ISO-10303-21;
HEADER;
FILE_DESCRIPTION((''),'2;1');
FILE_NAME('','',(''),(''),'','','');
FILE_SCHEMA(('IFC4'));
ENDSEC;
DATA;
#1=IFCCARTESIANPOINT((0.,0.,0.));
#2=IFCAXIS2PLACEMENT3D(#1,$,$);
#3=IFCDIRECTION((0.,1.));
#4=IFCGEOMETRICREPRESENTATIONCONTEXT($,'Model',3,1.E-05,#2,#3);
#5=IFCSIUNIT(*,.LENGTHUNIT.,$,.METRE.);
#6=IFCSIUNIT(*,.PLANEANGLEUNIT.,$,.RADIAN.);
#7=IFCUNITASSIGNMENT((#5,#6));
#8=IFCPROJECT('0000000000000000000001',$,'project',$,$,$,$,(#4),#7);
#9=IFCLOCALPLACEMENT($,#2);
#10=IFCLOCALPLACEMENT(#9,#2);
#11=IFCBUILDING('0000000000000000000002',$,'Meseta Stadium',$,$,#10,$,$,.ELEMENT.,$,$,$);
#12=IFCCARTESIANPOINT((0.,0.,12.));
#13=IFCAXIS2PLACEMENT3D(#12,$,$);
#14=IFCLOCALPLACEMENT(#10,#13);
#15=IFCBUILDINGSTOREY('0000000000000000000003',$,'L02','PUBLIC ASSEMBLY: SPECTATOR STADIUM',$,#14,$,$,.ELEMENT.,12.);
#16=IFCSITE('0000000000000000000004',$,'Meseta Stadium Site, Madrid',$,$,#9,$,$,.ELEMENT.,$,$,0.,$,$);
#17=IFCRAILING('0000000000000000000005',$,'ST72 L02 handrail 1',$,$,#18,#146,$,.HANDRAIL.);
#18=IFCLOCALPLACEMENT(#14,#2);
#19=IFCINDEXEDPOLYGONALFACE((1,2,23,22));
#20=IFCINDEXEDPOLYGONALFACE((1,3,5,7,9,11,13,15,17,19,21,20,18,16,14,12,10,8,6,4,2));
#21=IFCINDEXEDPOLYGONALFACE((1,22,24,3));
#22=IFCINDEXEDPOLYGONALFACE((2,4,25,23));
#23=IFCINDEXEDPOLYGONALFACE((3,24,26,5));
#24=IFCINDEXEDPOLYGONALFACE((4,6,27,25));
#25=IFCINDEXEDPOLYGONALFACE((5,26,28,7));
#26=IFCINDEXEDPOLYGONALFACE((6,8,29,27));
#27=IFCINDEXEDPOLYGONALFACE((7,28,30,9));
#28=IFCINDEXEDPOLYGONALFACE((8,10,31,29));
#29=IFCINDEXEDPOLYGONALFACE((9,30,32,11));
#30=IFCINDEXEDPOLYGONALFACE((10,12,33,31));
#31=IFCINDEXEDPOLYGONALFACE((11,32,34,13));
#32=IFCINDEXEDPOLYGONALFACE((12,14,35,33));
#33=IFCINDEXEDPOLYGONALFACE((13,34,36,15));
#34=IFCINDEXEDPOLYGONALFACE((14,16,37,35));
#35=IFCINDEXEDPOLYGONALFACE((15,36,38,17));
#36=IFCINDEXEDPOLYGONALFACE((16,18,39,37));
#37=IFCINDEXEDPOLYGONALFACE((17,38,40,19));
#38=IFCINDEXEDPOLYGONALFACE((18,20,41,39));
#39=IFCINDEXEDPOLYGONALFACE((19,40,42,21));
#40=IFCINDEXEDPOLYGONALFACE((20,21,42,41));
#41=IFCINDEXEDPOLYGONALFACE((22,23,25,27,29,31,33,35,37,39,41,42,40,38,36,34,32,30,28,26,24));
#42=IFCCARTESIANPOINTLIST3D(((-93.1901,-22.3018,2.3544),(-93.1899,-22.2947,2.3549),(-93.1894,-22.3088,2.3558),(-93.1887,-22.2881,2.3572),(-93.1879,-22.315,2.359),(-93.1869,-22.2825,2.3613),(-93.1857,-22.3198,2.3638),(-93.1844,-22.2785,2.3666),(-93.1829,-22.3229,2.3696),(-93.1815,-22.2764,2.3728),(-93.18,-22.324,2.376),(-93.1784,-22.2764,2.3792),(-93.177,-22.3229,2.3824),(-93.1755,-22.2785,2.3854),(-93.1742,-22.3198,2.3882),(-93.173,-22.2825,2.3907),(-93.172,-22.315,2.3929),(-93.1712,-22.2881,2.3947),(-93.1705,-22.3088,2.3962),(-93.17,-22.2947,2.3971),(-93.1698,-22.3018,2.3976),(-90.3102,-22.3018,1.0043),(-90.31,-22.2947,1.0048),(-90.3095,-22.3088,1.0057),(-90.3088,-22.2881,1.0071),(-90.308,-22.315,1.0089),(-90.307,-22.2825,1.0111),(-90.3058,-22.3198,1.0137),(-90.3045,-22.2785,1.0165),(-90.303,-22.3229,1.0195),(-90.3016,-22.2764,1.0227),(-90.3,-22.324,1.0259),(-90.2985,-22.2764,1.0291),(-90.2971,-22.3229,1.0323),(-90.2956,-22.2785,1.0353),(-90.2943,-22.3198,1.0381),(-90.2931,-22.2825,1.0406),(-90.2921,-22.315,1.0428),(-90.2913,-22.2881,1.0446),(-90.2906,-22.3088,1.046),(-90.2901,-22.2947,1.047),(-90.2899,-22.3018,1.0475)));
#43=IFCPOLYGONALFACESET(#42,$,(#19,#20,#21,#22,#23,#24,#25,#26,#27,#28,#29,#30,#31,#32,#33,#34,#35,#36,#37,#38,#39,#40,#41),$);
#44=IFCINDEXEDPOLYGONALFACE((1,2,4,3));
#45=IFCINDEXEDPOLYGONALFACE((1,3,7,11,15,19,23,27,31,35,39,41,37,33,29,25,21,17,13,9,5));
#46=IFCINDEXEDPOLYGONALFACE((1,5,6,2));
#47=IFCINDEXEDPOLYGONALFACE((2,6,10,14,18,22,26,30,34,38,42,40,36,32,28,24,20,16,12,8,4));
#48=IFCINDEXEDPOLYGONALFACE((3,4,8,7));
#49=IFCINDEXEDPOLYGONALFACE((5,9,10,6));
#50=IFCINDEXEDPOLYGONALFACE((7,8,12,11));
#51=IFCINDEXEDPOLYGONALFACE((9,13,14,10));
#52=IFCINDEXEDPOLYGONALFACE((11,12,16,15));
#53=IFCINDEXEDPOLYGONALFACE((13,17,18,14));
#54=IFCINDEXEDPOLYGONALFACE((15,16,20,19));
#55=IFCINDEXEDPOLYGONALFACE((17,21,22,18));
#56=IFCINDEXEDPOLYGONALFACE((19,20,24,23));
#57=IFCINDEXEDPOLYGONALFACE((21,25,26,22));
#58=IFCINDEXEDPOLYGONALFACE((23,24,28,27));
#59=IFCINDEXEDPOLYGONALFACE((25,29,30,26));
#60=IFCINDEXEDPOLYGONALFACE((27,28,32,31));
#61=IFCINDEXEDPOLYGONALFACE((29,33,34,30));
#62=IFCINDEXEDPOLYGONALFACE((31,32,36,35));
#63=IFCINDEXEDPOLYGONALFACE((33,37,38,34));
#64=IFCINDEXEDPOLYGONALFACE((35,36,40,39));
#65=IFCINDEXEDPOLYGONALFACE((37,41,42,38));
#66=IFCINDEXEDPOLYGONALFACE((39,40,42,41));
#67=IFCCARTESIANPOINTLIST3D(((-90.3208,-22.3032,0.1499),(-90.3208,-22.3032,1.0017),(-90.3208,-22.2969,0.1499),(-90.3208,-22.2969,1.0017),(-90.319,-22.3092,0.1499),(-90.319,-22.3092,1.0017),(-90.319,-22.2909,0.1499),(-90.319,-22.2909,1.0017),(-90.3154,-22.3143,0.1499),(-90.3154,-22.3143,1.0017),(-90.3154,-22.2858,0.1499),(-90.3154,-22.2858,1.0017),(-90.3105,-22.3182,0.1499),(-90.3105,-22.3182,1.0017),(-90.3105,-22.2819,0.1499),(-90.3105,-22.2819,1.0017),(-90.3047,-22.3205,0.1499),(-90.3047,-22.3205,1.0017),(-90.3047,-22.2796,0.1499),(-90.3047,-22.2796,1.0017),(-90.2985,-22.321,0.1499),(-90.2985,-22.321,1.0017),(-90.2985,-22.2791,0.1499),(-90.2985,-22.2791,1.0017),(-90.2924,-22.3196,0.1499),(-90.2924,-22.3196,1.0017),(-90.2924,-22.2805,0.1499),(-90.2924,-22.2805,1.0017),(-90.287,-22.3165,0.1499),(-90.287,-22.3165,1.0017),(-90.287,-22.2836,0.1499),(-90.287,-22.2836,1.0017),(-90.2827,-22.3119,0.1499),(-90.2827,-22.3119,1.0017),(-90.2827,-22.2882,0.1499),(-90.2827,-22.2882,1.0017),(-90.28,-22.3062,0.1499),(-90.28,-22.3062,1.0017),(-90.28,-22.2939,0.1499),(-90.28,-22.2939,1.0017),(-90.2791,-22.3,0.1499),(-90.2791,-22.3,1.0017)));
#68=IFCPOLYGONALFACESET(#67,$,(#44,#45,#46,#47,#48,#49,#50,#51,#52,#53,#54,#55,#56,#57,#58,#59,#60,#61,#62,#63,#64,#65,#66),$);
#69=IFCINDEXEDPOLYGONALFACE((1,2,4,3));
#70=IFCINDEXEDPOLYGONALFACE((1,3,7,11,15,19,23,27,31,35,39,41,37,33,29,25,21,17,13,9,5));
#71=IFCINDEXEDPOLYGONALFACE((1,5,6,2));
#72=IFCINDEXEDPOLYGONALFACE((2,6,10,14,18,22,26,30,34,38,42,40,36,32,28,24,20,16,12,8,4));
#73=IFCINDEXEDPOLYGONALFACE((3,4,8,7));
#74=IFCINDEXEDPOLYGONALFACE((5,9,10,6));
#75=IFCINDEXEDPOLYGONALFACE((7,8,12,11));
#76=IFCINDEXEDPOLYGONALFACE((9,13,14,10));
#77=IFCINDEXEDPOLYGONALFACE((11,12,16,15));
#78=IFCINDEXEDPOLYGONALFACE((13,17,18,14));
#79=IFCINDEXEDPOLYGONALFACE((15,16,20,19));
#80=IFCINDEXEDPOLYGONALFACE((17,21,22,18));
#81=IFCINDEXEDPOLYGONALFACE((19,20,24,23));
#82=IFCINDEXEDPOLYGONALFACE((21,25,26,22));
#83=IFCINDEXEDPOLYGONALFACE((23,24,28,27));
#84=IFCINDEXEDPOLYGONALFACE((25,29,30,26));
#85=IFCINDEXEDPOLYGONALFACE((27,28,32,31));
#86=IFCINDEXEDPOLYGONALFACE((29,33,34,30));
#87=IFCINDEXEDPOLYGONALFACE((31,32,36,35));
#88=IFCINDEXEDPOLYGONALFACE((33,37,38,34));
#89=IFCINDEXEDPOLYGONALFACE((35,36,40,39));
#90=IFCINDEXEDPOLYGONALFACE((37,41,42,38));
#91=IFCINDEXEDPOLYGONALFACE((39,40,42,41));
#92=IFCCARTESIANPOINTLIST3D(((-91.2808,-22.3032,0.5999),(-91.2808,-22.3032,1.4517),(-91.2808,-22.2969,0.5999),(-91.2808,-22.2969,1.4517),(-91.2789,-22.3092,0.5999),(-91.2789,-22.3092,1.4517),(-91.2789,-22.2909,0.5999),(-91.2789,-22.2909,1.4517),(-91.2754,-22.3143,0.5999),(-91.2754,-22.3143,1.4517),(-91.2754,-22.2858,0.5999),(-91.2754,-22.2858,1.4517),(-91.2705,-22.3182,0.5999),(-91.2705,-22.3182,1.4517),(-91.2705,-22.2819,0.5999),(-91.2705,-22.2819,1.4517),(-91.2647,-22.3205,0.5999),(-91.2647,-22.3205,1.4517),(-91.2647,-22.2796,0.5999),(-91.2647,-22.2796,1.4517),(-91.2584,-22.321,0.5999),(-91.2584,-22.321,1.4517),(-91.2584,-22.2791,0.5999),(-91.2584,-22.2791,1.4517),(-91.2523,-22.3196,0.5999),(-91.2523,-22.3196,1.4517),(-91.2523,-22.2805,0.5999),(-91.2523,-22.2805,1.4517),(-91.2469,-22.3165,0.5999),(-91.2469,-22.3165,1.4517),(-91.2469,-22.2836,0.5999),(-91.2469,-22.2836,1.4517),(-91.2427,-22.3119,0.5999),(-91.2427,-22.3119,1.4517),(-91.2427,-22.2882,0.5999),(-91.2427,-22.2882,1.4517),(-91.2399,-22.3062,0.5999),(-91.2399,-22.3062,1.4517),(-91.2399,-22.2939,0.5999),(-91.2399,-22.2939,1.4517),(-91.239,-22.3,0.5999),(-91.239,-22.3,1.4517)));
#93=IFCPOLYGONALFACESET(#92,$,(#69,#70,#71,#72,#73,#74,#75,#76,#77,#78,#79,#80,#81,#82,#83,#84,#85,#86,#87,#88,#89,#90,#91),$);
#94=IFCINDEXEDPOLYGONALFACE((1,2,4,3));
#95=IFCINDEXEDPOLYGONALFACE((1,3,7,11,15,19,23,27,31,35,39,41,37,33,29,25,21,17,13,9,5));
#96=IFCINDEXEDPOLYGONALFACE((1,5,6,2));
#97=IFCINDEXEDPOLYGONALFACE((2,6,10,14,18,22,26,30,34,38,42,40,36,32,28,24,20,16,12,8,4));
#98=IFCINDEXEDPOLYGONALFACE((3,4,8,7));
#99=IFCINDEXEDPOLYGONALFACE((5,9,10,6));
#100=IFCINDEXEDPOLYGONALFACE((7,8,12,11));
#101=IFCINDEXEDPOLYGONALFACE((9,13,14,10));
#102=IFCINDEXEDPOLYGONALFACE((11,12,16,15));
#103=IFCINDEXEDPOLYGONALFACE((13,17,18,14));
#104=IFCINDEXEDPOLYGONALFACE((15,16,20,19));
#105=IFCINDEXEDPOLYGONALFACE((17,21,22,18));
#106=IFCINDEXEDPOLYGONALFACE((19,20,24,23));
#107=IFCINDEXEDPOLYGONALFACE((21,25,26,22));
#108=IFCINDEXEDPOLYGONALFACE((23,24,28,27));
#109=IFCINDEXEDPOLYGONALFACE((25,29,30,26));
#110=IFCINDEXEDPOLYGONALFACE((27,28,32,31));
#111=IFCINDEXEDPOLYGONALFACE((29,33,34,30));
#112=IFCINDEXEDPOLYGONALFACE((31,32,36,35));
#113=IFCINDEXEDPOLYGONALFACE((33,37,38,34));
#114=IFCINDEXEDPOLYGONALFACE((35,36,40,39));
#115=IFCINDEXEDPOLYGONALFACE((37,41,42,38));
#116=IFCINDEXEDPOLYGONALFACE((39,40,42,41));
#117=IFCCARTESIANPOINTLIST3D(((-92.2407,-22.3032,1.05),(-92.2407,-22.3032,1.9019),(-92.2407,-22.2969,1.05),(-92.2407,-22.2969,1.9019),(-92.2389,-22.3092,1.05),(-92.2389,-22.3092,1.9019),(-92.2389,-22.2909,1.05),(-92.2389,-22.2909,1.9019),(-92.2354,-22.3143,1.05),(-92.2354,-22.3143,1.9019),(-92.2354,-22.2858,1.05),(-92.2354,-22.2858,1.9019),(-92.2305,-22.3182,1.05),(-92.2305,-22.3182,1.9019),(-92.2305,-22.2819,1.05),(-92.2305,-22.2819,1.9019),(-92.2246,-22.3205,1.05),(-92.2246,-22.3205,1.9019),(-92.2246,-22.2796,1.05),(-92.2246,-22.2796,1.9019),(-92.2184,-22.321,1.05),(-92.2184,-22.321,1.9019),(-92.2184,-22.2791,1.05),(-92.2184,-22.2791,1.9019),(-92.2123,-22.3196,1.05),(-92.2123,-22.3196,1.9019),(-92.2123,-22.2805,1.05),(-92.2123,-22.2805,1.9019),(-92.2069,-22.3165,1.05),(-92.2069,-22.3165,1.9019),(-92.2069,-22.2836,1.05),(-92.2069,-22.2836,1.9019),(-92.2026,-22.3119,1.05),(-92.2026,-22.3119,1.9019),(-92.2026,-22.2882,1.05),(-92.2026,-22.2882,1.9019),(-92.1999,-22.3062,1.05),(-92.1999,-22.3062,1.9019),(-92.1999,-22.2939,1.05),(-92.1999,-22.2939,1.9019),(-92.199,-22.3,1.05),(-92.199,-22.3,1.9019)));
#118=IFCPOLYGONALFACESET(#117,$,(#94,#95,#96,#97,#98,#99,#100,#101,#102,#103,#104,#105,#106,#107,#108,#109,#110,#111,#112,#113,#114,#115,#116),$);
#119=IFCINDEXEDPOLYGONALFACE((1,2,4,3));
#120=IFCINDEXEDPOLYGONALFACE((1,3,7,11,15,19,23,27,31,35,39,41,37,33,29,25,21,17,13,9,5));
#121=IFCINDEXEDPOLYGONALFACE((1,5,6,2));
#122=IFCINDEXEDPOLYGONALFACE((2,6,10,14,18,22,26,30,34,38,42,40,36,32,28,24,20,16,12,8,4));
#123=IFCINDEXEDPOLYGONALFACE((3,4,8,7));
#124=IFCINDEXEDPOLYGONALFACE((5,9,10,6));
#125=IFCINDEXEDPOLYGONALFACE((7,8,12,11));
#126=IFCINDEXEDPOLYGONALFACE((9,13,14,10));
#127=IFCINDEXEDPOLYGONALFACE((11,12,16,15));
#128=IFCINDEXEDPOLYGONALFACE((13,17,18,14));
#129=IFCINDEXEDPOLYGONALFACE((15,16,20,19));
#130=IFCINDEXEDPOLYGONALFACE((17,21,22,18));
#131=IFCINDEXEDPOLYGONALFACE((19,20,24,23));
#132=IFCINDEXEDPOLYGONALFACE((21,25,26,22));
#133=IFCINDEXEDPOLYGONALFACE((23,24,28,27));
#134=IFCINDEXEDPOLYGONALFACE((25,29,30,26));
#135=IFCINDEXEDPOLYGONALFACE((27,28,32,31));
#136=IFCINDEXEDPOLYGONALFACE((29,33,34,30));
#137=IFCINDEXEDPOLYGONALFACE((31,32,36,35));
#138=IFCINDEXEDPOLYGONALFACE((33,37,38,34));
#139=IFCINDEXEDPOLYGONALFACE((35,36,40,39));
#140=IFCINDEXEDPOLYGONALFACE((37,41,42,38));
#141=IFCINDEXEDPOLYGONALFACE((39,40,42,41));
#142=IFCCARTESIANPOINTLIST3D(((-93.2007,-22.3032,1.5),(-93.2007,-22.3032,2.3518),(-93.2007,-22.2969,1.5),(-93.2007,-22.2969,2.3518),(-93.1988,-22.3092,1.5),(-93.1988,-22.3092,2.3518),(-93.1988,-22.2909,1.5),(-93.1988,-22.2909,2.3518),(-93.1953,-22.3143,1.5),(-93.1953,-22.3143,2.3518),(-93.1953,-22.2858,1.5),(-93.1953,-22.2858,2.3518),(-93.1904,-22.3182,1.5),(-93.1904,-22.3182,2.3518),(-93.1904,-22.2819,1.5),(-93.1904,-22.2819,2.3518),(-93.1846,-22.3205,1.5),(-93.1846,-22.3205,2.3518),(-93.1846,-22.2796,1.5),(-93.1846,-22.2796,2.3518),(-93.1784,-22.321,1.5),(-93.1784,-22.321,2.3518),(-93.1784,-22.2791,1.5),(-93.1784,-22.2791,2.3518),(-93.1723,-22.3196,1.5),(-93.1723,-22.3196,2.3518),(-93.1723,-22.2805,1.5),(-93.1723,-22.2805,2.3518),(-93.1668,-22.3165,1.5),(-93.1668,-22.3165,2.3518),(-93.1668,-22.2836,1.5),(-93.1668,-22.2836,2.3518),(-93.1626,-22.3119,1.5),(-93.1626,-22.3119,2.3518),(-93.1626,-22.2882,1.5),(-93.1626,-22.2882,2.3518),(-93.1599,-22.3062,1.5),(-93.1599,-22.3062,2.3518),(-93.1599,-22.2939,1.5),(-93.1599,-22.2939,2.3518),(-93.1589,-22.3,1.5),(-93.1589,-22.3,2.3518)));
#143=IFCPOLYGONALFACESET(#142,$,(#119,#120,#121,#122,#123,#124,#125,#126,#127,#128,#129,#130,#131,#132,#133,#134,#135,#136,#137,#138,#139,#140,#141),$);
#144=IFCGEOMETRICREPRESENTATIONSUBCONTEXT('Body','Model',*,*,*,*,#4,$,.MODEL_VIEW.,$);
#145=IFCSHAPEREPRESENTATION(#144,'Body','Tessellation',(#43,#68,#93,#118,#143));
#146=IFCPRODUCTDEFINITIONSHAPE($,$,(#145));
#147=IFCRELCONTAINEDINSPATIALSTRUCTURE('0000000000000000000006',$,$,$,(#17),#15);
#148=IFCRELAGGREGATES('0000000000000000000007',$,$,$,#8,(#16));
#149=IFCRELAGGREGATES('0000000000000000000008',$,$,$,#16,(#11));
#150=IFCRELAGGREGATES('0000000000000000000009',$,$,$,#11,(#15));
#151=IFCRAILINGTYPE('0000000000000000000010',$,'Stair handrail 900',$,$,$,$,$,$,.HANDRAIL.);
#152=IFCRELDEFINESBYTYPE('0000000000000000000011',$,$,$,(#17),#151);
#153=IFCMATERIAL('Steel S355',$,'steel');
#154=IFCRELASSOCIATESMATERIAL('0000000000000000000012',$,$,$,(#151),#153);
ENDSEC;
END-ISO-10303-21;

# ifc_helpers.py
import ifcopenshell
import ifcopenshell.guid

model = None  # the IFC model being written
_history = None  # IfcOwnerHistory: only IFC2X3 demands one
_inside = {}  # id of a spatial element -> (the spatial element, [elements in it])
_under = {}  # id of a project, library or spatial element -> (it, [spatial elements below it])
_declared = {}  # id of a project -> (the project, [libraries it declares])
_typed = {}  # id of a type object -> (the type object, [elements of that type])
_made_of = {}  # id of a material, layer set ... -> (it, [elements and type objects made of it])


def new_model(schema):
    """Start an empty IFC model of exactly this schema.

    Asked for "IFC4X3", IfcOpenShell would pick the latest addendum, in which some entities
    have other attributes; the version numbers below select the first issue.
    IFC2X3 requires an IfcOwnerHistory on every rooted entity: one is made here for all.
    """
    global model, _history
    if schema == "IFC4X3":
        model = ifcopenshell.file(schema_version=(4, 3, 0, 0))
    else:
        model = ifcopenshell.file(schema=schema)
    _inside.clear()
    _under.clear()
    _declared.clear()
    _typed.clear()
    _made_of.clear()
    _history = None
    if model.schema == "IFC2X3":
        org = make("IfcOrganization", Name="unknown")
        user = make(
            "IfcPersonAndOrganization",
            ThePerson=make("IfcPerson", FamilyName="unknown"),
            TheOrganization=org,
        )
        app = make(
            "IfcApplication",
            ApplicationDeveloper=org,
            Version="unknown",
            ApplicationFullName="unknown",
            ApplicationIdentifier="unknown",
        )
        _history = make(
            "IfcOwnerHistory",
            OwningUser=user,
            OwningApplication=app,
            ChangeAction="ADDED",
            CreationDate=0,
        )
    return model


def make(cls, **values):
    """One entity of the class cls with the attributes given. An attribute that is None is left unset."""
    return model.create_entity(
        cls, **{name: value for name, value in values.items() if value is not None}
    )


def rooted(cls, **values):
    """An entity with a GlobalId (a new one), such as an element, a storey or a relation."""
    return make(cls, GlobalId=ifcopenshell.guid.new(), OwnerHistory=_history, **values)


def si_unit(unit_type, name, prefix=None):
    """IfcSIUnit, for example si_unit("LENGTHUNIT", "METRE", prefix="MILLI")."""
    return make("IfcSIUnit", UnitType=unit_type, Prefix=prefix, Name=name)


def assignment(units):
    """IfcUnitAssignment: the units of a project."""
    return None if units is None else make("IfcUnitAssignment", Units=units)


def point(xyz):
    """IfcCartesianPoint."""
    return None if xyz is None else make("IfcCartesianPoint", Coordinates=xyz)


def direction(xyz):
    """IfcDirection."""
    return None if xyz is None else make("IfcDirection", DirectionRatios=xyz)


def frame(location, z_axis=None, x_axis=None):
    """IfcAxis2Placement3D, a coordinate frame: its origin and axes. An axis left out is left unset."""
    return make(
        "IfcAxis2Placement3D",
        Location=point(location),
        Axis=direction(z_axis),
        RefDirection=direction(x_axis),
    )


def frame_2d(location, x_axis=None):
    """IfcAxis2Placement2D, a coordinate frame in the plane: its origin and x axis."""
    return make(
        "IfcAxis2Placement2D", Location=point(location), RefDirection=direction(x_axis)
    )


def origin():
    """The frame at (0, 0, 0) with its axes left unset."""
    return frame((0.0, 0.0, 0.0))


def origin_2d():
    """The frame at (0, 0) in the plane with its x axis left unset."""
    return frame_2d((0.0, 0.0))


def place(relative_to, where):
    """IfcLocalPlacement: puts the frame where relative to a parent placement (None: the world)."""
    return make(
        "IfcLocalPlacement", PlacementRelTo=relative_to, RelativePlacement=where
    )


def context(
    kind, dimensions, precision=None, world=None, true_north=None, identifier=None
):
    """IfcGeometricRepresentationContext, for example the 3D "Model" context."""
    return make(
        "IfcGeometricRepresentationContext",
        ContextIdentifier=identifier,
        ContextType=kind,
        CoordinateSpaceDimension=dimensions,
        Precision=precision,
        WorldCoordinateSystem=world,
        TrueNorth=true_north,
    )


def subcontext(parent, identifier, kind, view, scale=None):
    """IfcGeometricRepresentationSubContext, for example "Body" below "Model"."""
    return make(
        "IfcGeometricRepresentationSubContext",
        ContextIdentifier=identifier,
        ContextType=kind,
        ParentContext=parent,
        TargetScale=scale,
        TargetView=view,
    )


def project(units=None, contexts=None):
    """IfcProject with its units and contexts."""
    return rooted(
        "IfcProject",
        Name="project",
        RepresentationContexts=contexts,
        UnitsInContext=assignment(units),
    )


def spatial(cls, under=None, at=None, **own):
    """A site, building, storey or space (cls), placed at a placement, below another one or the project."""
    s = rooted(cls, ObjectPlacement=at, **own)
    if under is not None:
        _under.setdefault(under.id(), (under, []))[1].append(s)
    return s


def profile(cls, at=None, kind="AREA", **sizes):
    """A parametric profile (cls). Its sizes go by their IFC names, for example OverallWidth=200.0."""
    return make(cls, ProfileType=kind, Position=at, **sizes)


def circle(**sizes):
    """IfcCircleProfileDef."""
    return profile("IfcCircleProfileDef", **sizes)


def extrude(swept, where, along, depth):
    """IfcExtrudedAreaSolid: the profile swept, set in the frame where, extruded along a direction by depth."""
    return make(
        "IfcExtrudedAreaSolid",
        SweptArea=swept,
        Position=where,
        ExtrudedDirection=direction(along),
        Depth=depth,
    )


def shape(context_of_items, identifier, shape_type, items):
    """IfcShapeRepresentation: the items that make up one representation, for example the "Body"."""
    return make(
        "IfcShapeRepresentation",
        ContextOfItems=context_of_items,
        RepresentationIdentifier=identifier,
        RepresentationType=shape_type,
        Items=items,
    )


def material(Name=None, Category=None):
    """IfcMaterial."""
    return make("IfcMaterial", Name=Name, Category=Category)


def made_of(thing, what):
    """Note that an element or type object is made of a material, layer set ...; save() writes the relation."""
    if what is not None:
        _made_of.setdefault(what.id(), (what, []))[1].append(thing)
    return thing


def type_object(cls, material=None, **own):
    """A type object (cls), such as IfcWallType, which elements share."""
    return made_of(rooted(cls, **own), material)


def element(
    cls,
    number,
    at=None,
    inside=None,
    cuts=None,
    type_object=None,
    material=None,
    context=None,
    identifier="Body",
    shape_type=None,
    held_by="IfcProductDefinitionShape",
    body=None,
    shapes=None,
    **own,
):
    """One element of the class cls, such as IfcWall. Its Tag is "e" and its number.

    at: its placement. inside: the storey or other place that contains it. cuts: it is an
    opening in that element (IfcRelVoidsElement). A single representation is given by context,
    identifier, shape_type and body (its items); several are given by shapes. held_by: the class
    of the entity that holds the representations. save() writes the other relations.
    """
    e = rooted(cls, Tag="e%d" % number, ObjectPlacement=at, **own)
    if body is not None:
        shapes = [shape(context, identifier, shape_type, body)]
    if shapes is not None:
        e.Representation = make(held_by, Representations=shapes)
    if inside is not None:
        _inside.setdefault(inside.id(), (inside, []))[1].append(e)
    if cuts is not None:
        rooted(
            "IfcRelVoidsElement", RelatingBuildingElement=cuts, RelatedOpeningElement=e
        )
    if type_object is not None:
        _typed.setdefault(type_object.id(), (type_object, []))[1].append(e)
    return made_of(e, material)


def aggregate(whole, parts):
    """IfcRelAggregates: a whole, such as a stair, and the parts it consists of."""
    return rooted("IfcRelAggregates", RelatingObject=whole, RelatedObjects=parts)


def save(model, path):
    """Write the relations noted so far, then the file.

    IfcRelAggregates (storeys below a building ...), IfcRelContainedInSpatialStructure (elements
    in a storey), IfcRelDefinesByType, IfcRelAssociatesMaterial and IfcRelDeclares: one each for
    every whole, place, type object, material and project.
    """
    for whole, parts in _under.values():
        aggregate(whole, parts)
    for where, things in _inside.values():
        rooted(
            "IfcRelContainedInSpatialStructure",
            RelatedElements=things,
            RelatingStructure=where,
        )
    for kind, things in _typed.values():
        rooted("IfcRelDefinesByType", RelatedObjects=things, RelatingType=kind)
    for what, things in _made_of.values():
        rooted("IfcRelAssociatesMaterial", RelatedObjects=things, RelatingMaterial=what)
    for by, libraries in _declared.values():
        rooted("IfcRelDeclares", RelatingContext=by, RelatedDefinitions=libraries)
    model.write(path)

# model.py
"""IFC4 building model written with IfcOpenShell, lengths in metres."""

from ifc_helpers import new_model, si_unit, direction, frame, origin, origin_2d, place, context, subcontext, project, spatial, circle, extrude, material, type_object, element, save


model = new_model("IFC4")

# Units and contexts
model_context = context("Model", 3, precision=1e-05, world=origin(), true_north=direction((0.0, 1.0)))
body_context = subcontext(model_context, "Body", "Model", "MODEL_VIEW")
ifc_project = project(units=[si_unit("LENGTHUNIT", "METRE"), si_unit("PLANEANGLEUNIT", "RADIAN")], contexts=[model_context])

# Site, building, storey
site_placement = place(None, origin())
site = spatial("IfcSite", under=ifc_project, at=site_placement, Name="Meseta Stadium Site, Madrid", CompositionType="ELEMENT", RefElevation=0.0)
building_placement = place(site_placement, origin())
building = spatial("IfcBuilding", under=site, at=building_placement, Name="Meseta Stadium", CompositionType="ELEMENT")
storey_placement = place(building_placement, frame((0.0, 0.0, 12.0)))
storey = spatial("IfcBuildingStorey", under=building, at=storey_placement, Name="L02", Description="PUBLIC ASSEMBLY: SPECTATOR STADIUM", CompositionType="ELEMENT", Elevation=12.0)

# Railing
ifc_material_1 = material(Name="Steel S355", Category="steel")
railing_type_1 = type_object("IfcRailingType", Name="Stair handrail 900", PredefinedType="HANDRAIL", material=ifc_material_1)
for number, where, name in (
    (1, (-90.3, -22.3, 0.1499), "ST72 L02 handrail 1"),
):
    element("IfcRailing", number, at=place(storey_placement, frame(where)), inside=storey, type_object=railing_type_1, Name=name, PredefinedType="HANDRAIL", context=body_context, shape_type="SweptSolid", body=[
        extrude(circle(Radius=0.0239, at=origin_2d()), frame((0.0, 0.0, 0.876), z_axis=(-0.90544, 0.0, 0.424473), x_axis=(0.0, -1.0, 0.0)), (0.0, 0.0, 1.0), 3.1807),
        extrude(circle(Radius=0.021, at=origin_2d()), origin(), (0.0, 0.0, 1.0), 0.8518),
        extrude(circle(Radius=0.021, at=origin_2d()), frame((-0.96, 0.0, 0.45)), (0.0, 0.0, 1.0), 0.8518),
        extrude(circle(Radius=0.021, at=origin_2d()), frame((-1.9199, 0.0, 0.9001)), (0.0, 0.0, 1.0), 0.8518),
        extrude(circle(Radius=0.021, at=origin_2d()), frame((-2.8799, 0.0, 1.3501)), (0.0, 0.0, 1.0), 0.8518),
    ])

save(model, "model.ifc")
